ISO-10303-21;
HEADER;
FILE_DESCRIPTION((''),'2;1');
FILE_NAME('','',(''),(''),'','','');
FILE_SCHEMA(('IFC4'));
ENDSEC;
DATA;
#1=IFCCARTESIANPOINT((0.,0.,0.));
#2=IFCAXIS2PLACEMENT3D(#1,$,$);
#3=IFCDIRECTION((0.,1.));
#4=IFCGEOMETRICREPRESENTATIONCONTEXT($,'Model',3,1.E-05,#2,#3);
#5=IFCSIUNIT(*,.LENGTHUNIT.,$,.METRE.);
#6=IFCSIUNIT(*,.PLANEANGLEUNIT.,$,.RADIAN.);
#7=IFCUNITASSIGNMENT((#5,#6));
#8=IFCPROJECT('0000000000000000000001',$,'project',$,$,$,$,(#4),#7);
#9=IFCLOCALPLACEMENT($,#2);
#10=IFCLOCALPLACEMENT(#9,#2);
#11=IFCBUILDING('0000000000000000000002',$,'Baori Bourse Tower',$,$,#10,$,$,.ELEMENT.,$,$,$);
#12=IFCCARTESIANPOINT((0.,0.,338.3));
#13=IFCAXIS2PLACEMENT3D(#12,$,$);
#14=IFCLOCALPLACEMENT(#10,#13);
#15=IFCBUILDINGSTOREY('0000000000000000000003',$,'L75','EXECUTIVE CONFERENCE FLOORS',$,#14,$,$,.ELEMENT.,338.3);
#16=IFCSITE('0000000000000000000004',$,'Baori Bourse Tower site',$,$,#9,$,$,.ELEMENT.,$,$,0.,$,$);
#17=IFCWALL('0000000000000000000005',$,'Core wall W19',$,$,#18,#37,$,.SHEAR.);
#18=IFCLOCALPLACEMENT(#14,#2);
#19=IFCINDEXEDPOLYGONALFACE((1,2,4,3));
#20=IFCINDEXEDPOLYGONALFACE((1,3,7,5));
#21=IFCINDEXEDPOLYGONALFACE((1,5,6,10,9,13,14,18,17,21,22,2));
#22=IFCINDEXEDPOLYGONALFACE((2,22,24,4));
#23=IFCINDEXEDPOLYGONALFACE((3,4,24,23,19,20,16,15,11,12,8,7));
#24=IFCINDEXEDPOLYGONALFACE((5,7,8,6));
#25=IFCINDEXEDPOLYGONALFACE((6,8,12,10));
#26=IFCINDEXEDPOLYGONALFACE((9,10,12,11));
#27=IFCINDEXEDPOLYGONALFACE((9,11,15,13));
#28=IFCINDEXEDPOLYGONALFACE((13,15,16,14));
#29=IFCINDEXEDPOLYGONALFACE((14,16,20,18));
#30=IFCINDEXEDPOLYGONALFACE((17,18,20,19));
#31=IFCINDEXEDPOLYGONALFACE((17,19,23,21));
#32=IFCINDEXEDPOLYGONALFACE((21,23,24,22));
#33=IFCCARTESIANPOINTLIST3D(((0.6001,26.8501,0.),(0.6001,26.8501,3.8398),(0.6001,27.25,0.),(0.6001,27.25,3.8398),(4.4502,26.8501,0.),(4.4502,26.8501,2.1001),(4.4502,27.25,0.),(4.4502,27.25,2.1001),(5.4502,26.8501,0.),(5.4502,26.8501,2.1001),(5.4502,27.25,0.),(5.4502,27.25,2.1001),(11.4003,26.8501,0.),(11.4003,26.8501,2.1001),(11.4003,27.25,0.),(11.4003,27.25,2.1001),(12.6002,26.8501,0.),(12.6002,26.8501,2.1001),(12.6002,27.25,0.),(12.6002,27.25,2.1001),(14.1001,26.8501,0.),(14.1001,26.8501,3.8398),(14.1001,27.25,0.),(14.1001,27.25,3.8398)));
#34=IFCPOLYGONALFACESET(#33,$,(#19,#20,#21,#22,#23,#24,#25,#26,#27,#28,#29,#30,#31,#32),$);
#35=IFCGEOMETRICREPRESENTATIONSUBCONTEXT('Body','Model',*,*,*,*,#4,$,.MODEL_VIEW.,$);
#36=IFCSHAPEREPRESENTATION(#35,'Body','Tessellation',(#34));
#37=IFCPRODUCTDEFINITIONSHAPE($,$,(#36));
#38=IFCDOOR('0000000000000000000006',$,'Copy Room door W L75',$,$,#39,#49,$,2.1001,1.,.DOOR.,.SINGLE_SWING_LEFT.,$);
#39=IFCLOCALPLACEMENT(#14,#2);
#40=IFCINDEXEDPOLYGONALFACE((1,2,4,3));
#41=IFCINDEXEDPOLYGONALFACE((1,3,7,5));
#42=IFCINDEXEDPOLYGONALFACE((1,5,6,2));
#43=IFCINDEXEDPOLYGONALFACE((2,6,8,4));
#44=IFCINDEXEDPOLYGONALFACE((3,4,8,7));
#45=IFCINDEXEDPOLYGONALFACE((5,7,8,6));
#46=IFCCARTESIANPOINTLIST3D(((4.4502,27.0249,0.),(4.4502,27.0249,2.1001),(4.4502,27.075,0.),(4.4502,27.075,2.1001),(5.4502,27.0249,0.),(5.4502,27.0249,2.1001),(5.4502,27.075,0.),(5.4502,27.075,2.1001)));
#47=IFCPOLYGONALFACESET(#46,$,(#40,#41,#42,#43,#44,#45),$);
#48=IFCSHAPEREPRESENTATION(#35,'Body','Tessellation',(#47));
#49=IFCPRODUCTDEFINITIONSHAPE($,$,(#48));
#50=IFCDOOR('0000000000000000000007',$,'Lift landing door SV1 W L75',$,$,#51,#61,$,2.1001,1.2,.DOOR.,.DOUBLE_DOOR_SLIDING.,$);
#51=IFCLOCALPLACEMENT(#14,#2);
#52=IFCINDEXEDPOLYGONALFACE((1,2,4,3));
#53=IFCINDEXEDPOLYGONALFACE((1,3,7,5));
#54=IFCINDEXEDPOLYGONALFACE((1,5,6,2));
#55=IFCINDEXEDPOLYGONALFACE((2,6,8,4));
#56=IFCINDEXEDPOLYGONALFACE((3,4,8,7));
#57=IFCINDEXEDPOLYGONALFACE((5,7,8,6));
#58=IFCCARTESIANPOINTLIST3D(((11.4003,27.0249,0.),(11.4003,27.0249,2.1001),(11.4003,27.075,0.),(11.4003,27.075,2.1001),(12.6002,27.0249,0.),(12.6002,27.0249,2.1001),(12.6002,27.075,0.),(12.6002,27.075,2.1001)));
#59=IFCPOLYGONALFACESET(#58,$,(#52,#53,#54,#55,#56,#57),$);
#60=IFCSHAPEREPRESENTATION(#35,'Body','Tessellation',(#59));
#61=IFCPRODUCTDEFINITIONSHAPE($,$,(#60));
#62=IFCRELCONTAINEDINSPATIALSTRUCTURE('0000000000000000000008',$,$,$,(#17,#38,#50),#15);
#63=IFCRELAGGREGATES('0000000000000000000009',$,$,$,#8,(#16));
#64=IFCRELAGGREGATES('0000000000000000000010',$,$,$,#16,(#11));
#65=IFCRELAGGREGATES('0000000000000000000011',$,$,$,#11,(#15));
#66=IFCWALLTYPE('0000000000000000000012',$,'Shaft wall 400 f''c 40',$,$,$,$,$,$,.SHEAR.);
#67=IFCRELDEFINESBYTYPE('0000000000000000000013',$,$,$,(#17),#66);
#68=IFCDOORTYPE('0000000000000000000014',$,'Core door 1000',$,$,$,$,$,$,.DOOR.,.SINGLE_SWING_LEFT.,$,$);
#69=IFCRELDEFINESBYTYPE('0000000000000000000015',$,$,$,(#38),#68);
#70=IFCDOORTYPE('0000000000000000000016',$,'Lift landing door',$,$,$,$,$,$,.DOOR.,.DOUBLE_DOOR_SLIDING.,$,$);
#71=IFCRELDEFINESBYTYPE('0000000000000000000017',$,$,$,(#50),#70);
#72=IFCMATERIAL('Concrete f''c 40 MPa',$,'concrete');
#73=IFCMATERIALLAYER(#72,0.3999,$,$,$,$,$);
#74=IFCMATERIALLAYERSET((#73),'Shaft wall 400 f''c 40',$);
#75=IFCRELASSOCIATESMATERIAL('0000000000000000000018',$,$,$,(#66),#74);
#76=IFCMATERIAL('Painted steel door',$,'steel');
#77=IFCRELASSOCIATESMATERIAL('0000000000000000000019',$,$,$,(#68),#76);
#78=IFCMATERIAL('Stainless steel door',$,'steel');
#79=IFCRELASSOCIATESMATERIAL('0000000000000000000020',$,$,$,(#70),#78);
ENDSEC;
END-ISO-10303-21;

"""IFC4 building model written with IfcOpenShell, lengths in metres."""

from ifc_helpers import new_model, si_unit, direction, frame, frame_2d, origin, place, context, subcontext, project, spatial, rectangle, extrude, material, layer, layer_set, type_object, element, fill, save


model = new_model("IFC4")

# Units and contexts
model_context = context("Model", 3, precision=1e-05, world=origin(), true_north=direction((0.0, 1.0)))
body_context = subcontext(model_context, "Body", "Model", "MODEL_VIEW")
ifc_project = project(units=[si_unit("LENGTHUNIT", "METRE"), si_unit("PLANEANGLEUNIT", "RADIAN")], contexts=[model_context])

# Site, building, storey
site_placement = place(None, origin())
site = spatial("IfcSite", under=ifc_project, at=site_placement, Name="Baori Bourse Tower site", CompositionType="ELEMENT", RefElevation=0.0)
building_placement = place(site_placement, origin())
building = spatial("IfcBuilding", under=site, at=building_placement, Name="Baori Bourse Tower", CompositionType="ELEMENT")
storey_placement = place(building_placement, frame((0.0, 0.0, 338.3)))
storey = spatial("IfcBuildingStorey", under=building, at=storey_placement, Name="L75", Description="EXECUTIVE CONFERENCE FLOORS", CompositionType="ELEMENT", Elevation=338.3)

# Shared definitions
ifc_material_1 = material(Name="Concrete f'c 40 MPa", Category="concrete")
ifc_layer_1 = layer(ifc_material_1, 0.3999)
ifc_layer_set_1 = layer_set([ifc_layer_1], Name="Shaft wall 400 f'c 40")
wall_type_1 = type_object("IfcWallType", Name="Shaft wall 400 f'c 40", PredefinedType="SHEAR", material=ifc_layer_set_1)

# Wall, openings, doors
wall_1_placement = place(storey_placement, frame((0.6001, 27.05, 0.0), z_axis=(0.0, 0.0, 1.0), x_axis=(1.0, 0.0, 0.0)))
wall_1 = element("IfcWall", 1, at=wall_1_placement, inside=storey, type_object=wall_type_1, Name="Core wall W19", PredefinedType="SHEAR", context=body_context, shape_type="SweptSolid", body=[
    extrude(rectangle(XDim=13.5, YDim=0.3999, at=frame_2d((6.75, 0.0))), origin(), (0.0, 0.0, 1.0), 3.8398),
])
opening_1_placement = place(wall_1_placement, frame((3.8501, 0.0, 0.0)))
opening_1 = element("IfcOpeningElement", 2, at=opening_1_placement, cuts=wall_1, PredefinedType="OPENING", context=body_context, shape_type="SweptSolid", body=[
    extrude(rectangle(XDim=1.0, YDim=2.1001, at=frame_2d((0.5, 1.05))), frame((0.0, 0.21, 0.0), z_axis=(0.0, -1.0, 0.0), x_axis=(1.0, 0.0, 0.0)), (0.0, 0.0, 1.0), 0.4199),
])
opening_2_placement = place(wall_1_placement, frame((10.8, 0.0, 0.0)))
opening_2 = element("IfcOpeningElement", 3, at=opening_2_placement, cuts=wall_1, PredefinedType="OPENING", context=body_context, shape_type="SweptSolid", body=[
    extrude(rectangle(XDim=1.2, YDim=2.1001, at=frame_2d((0.6001, 1.05))), frame((0.0, 0.21, 0.0), z_axis=(0.0, -1.0, 0.0), x_axis=(1.0, 0.0, 0.0)), (0.0, 0.0, 1.0), 0.4199),
])
ifc_material_2 = material(Name="Painted steel door", Category="steel")
door_type_1 = type_object("IfcDoorType", Name="Core door 1000", OperationType="SINGLE_SWING_LEFT", PredefinedType="DOOR", material=ifc_material_2)
door_1_placement = place(opening_1_placement, origin())
door_1 = element("IfcDoor", 4, at=door_1_placement, inside=storey, type_object=door_type_1, Name="Copy Room door W L75", OperationType="SINGLE_SWING_LEFT", OverallHeight=2.1001, OverallWidth=1.0, PredefinedType="DOOR", context=body_context, shape_type="SweptSolid", body=[
    extrude(rectangle(XDim=1.0, YDim=2.1001, at=frame_2d((0.5, 1.05))), frame((0.0, 0.0249, 0.0), z_axis=(0.0, -1.0, 0.0), x_axis=(1.0, 0.0, 0.0)), (0.0, 0.0, 1.0), 0.05),
])
fill(opening_1, door_1)
ifc_material_3 = material(Name="Stainless steel door", Category="steel")
door_type_2 = type_object("IfcDoorType", Name="Lift landing door", OperationType="DOUBLE_DOOR_SLIDING", PredefinedType="DOOR", material=ifc_material_3)
door_2_placement = place(opening_2_placement, origin())
door_2 = element("IfcDoor", 5, at=door_2_placement, inside=storey, type_object=door_type_2, Name="Lift landing door SV1 W L75", OperationType="DOUBLE_DOOR_SLIDING", OverallHeight=2.1001, OverallWidth=1.2, PredefinedType="DOOR", context=body_context, shape_type="SweptSolid", body=[
    extrude(rectangle(XDim=1.2, YDim=2.1001, at=frame_2d((0.6001, 1.05))), frame((0.0, 0.0249, 0.0), z_axis=(0.0, -1.0, 0.0), x_axis=(1.0, 0.0, 0.0)), (0.0, 0.0, 1.0), 0.05),
])
fill(opening_2, door_2)

save(model, "model.ifc")
